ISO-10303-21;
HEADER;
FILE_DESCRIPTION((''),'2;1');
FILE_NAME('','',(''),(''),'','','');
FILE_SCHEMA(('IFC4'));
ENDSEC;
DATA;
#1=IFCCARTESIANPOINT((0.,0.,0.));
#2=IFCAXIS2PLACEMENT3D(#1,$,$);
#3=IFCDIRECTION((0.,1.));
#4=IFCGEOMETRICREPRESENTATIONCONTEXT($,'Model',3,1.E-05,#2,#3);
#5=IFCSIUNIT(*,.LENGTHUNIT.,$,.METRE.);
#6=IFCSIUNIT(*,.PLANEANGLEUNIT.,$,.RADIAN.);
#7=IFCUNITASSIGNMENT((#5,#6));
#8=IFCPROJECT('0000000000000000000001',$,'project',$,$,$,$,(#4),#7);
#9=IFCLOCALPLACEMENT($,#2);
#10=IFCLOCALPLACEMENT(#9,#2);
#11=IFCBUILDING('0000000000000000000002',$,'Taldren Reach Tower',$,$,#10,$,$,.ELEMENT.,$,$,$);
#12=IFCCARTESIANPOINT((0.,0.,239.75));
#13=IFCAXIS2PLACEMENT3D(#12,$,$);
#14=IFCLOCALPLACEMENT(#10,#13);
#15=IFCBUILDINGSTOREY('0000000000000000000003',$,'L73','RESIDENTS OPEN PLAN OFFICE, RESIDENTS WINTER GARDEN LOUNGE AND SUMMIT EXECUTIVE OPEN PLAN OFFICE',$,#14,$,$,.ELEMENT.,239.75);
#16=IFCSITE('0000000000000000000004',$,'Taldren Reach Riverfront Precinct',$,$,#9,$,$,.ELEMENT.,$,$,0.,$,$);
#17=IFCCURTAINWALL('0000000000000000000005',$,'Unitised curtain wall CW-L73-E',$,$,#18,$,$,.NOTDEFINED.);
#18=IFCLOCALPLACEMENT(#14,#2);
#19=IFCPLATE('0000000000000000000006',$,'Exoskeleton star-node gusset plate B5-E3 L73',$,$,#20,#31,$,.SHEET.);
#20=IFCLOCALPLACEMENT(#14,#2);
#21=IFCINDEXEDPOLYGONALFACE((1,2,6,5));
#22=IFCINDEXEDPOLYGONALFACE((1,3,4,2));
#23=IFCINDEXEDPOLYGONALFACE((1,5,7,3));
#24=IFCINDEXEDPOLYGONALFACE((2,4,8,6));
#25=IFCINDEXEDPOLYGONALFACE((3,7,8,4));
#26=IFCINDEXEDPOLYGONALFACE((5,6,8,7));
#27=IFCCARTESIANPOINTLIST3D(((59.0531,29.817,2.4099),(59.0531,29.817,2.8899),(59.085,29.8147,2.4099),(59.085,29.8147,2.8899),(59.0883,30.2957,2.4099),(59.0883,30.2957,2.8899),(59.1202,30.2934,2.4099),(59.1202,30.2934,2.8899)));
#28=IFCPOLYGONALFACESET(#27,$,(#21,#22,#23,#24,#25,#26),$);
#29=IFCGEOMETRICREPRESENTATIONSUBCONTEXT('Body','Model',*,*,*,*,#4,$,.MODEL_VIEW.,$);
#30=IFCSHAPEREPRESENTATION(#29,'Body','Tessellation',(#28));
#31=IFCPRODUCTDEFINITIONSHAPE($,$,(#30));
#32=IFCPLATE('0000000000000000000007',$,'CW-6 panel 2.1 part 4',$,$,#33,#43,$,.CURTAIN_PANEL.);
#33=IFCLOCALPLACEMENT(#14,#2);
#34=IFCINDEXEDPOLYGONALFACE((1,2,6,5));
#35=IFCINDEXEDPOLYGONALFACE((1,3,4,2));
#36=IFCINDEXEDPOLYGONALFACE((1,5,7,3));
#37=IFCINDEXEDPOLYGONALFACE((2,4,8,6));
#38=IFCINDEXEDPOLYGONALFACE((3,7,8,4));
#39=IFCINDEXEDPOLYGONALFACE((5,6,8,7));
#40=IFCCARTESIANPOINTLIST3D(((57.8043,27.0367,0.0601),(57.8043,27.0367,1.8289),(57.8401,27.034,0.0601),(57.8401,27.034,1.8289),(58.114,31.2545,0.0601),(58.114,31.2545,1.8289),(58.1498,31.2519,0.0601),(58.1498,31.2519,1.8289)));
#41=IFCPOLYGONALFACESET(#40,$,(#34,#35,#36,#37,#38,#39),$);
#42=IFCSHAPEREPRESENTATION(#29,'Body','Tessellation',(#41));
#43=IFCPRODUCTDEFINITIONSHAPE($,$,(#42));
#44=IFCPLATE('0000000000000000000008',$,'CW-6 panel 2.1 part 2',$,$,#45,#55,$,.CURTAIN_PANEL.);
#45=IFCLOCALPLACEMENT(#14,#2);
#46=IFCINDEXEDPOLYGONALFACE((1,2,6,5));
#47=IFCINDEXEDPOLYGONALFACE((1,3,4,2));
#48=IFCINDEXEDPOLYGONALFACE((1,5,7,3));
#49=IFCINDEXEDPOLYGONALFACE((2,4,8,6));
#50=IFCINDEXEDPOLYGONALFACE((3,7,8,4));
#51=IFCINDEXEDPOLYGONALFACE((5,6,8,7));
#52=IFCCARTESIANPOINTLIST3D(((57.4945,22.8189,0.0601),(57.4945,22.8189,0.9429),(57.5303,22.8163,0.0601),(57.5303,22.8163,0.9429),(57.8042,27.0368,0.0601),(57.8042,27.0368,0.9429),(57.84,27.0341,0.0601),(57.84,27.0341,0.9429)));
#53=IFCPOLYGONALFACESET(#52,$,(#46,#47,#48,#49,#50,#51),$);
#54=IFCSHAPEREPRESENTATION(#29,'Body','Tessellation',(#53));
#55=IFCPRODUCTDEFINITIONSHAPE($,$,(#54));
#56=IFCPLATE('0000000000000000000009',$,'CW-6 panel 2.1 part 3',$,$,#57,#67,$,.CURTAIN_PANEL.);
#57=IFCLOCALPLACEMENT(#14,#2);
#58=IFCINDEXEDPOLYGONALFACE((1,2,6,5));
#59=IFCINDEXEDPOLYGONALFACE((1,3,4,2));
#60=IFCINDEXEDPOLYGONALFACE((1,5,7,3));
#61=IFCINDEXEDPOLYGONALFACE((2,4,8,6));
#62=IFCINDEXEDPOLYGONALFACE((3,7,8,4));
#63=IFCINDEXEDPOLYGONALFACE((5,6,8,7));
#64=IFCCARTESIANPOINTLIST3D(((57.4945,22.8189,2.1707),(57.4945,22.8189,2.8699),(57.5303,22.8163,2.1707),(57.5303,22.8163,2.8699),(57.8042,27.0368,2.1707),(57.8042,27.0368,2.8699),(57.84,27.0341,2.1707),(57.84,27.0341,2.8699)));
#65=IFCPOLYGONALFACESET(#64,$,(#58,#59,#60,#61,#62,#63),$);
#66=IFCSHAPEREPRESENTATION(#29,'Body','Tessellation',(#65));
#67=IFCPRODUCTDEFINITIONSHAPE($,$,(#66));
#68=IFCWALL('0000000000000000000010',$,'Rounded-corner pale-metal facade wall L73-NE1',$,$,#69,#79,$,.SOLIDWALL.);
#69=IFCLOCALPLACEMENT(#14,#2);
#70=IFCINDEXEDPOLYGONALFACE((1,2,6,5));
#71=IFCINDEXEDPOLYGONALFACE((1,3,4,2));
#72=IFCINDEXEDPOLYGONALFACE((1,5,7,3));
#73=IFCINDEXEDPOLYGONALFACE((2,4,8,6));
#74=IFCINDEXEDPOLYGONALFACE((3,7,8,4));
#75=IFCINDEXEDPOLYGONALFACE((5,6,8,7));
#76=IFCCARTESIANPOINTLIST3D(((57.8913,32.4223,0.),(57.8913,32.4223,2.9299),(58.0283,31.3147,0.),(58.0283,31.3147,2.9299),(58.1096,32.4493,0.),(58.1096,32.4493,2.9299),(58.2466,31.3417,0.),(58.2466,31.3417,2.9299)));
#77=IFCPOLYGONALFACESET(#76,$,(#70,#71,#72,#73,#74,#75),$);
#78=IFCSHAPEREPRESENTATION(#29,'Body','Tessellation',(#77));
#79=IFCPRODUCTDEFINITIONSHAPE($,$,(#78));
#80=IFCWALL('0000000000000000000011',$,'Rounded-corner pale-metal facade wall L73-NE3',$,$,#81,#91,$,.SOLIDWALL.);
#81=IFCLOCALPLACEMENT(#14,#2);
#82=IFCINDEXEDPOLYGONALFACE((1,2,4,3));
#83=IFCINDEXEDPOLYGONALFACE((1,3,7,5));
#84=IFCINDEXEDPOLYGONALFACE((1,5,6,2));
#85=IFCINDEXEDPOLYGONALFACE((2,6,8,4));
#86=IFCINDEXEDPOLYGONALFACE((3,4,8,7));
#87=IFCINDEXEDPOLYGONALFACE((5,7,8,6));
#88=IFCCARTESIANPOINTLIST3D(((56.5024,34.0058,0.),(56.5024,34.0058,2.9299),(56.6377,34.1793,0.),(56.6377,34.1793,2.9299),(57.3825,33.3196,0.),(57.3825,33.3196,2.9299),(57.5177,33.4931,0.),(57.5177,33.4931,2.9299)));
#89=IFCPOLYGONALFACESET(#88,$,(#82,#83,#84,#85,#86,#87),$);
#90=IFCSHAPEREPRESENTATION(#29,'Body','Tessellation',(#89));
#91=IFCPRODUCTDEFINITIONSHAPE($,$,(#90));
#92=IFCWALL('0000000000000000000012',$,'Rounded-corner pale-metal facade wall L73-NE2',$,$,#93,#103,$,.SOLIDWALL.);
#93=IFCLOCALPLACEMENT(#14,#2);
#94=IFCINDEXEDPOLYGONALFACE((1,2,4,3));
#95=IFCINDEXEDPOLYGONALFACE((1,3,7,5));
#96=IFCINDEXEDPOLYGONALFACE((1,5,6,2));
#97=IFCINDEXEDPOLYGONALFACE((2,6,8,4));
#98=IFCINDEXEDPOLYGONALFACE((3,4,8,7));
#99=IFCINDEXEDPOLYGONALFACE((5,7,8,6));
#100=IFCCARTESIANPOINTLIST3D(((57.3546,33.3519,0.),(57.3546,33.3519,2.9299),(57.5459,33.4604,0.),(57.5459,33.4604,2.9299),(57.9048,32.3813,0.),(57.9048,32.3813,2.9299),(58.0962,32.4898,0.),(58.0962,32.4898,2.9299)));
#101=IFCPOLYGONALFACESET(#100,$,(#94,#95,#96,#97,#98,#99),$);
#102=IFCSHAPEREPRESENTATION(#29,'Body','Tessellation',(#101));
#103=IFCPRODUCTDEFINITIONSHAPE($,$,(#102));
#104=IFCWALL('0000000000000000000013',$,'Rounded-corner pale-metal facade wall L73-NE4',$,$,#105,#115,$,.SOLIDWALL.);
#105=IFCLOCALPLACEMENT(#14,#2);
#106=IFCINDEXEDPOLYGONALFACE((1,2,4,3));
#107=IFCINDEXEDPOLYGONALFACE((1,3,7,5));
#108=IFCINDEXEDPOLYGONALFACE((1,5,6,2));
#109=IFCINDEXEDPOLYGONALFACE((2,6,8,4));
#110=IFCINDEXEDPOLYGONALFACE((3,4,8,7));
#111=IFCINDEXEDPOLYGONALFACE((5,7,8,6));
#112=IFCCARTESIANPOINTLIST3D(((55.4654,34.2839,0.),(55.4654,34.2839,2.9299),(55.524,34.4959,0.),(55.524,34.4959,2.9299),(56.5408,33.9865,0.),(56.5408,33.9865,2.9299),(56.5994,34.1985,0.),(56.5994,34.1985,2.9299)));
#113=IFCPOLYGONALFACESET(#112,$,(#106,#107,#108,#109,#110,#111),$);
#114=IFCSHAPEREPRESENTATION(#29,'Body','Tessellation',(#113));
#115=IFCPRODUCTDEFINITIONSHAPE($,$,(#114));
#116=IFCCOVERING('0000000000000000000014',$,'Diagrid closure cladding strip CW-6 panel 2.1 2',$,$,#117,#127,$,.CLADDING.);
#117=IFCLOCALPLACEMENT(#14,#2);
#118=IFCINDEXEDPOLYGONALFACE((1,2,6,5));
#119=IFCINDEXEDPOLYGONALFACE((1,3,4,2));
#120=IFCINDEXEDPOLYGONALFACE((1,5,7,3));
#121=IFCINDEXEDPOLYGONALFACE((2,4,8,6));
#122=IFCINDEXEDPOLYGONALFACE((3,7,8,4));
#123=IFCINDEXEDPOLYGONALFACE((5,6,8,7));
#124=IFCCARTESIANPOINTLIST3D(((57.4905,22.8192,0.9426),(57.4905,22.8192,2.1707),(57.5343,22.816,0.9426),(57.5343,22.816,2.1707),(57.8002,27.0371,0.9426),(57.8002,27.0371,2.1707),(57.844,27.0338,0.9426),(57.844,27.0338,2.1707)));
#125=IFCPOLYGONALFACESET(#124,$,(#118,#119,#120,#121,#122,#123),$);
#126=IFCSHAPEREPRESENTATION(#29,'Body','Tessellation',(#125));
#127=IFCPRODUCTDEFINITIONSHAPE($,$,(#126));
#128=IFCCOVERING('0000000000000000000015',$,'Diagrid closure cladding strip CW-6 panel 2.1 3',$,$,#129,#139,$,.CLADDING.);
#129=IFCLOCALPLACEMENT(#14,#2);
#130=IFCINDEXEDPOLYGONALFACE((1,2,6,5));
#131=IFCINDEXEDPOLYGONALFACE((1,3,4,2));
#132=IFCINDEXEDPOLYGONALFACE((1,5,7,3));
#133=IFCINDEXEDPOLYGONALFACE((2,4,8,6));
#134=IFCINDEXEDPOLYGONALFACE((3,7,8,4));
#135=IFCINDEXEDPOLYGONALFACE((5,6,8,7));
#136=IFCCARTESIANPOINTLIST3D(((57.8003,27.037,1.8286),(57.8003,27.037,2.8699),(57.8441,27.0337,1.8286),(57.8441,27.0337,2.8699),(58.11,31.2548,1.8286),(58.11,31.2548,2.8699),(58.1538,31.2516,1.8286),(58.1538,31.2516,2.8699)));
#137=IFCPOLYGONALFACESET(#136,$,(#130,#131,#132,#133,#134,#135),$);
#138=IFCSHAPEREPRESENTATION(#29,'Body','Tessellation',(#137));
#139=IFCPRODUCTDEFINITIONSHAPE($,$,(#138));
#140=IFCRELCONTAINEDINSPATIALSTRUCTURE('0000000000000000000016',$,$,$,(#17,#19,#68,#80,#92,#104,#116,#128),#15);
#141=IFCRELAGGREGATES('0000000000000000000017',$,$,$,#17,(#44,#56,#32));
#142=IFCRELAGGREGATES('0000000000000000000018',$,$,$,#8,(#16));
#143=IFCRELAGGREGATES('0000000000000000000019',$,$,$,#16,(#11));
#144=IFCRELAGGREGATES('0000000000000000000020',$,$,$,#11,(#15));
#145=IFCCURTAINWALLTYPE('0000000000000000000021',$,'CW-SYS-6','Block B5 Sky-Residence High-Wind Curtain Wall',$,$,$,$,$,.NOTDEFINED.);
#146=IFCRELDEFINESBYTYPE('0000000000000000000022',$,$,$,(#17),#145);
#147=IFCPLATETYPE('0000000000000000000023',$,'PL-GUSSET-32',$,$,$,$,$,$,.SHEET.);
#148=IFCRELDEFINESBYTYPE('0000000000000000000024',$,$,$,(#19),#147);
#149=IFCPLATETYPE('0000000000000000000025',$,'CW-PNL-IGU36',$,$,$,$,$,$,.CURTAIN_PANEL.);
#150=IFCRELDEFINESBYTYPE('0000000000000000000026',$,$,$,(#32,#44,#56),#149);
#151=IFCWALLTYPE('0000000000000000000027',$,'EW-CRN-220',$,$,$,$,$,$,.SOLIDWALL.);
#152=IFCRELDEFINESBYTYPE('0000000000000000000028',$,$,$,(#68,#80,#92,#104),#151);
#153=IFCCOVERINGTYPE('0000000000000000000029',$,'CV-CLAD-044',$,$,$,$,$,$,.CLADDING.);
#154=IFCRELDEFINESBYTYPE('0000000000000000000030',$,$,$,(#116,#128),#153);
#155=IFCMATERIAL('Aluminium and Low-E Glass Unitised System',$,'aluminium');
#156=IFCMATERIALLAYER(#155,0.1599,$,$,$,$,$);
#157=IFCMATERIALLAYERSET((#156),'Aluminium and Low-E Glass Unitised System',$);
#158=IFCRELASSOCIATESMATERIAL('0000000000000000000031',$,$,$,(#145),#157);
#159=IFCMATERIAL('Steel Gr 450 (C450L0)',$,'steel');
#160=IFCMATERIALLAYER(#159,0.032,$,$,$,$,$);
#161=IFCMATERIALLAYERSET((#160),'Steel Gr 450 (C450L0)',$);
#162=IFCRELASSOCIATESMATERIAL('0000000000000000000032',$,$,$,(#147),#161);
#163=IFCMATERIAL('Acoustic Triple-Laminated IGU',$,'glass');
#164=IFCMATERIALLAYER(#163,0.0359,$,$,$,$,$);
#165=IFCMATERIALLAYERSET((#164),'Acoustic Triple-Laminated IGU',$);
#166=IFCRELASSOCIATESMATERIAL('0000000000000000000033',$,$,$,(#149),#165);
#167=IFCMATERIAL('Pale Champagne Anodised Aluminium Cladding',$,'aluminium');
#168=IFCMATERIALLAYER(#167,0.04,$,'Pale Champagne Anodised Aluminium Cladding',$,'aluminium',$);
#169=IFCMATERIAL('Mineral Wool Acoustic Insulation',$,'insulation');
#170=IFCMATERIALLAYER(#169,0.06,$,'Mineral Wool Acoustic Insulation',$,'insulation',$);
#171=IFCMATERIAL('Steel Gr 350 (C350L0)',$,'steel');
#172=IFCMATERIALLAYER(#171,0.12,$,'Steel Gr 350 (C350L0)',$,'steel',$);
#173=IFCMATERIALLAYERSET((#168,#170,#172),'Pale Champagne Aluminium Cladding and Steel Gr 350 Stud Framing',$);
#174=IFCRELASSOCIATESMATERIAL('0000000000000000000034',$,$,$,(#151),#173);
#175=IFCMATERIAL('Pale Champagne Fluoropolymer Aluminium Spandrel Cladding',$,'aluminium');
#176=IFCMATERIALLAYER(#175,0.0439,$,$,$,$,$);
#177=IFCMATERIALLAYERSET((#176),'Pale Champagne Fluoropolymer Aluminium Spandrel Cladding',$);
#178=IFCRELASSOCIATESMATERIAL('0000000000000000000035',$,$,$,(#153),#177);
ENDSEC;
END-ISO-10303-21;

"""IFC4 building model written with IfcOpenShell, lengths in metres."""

from ifc_helpers import new_model, si_unit, direction, frame, frame_2d, origin, origin_2d, place, context, subcontext, project, spatial, rectangle, extrude, source, transform, mapped, material, layer, layer_set, type_object, element, aggregate, save


model = new_model("IFC4")

# Units and contexts
model_context = context("Model", 3, precision=1e-05, world=origin(), true_north=direction((0.0, 1.0)))
body_context = subcontext(model_context, "Body", "Model", "MODEL_VIEW")
ifc_project = project(units=[si_unit("LENGTHUNIT", "METRE"), si_unit("PLANEANGLEUNIT", "RADIAN")], contexts=[model_context])

# Site, building, storey
site_placement = place(None, origin())
site = spatial("IfcSite", under=ifc_project, at=site_placement, Name="Taldren Reach Riverfront Precinct", CompositionType="ELEMENT", RefElevation=0.0)
building_placement = place(site_placement, origin())
building = spatial("IfcBuilding", under=site, at=building_placement, Name="Taldren Reach Tower", CompositionType="ELEMENT")
storey_placement = place(building_placement, frame((0.0, 0.0, 239.75)))
storey = spatial("IfcBuildingStorey", under=building, at=storey_placement, Name="L73", Description="RESIDENTS OPEN PLAN OFFICE, RESIDENTS WINTER GARDEN LOUNGE AND SUMMIT EXECUTIVE OPEN PLAN OFFICE", CompositionType="ELEMENT", Elevation=239.75)

# Shared definitions
ifc_material_1 = material(Name="Steel Gr 350 (C350L0)", Category="steel")

# Shared definitions
ifc_material_2 = material(Name="Steel Gr 450 (C450L0)", Category="steel")

# Shared definitions
ifc_material_3 = material(Name="Aluminium and Low-E Glass Unitised System", Category="aluminium")
ifc_layer_1 = layer(ifc_material_3, 0.1599)
ifc_layer_set_1 = layer_set([ifc_layer_1], Name="Aluminium and Low-E Glass Unitised System")
curtain_wall_type = type_object("IfcCurtainWallType", Name="CW-SYS-6", Description="Block B5 Sky-Residence High-Wind Curtain Wall", PredefinedType="NOTDEFINED", material=ifc_layer_set_1)

# Curtain wall
curtain_wall_1_placement = place(storey_placement, origin())
curtain_wall_1 = element("IfcCurtainWall", 1, at=curtain_wall_1_placement, inside=storey, type_object=curtain_wall_type, Name="Unitised curtain wall CW-L73-E", PredefinedType="NOTDEFINED")

# Plate
ifc_layer_2 = layer(ifc_material_2, 0.032)
ifc_layer_set_2 = layer_set([ifc_layer_2], Name="Steel Gr 450 (C450L0)")
plate_type_1 = type_object("IfcPlateType", Name="PL-GUSSET-32", PredefinedType="SHEET", material=ifc_layer_set_2)
shared_shape_1 = source(origin(), body_context, "Body", "SweptSolid", [
    extrude(rectangle(XDim=0.48, YDim=0.032, at=origin_2d()), origin(), (0.0, 0.0, 1.0), 0.48),
])
for number, where, z_axis, x_axis, name in (
    (2, (59.0867, 30.0552, 2.4099), (0.0, 0.0, 1.0), (0.073238, 0.997314, 0.0), "Exoskeleton star-node gusset plate B5-E3 L73"),
):
    element("IfcPlate", number, at=place(storey_placement, frame(where, z_axis=z_axis, x_axis=x_axis)), inside=storey, type_object=plate_type_1, Name=name, PredefinedType="SHEET", context=body_context, shape_type="MappedRepresentation", body=[
        mapped(shared_shape_1, transform((0.0, 0.0, 0.0), scale=1.0)),
    ])

# Plates
ifc_material_4 = material(Name="Acoustic Triple-Laminated IGU", Category="glass")
ifc_layer_3 = layer(ifc_material_4, 0.0359)
ifc_layer_set_3 = layer_set([ifc_layer_3], Name="Acoustic Triple-Laminated IGU")
plate_type_2 = type_object("IfcPlateType", Name="CW-PNL-IGU36", PredefinedType="CURTAIN_PANEL", material=ifc_layer_set_3)
shared_shape_2 = source(origin(), body_context, "Body", "SweptSolid", [
    extrude(rectangle(XDim=4.2292, YDim=0.0359, at=origin_2d()), origin(), (0.0, 0.0, 1.0), 1.7688),
])
plate_1_placement = place(storey_placement, frame((57.9771, 29.1443, 0.0601), z_axis=(0.0, 0.0, 1.0), x_axis=(0.073238, 0.997314, 0.0)))
plate_1 = element("IfcPlate", 3, at=plate_1_placement, type_object=plate_type_2, Name="CW-6 panel 2.1 part 4", PredefinedType="CURTAIN_PANEL", context=body_context, shape_type="MappedRepresentation", body=[
    mapped(shared_shape_2, transform((0.0, 0.0, 0.0), scale=1.0)),
])
shared_shape_3 = source(origin(), body_context, "Body", "SweptSolid", [
    extrude(rectangle(XDim=4.2292, YDim=0.0359, at=origin_2d()), origin(), (0.0, 0.0, 1.0), 0.8828),
])
plate_2_placement = place(storey_placement, frame((57.6672, 24.9265, 0.0601), z_axis=(0.0, 0.0, 1.0), x_axis=(0.073238, 0.997314, 0.0)))
plate_2 = element("IfcPlate", 4, at=plate_2_placement, type_object=plate_type_2, Name="CW-6 panel 2.1 part 2", PredefinedType="CURTAIN_PANEL", context=body_context, shape_type="MappedRepresentation", body=[
    mapped(shared_shape_3, transform((0.0, 0.0, 0.0), scale=1.0)),
])
shared_shape_4 = source(origin(), body_context, "Body", "SweptSolid", [
    extrude(rectangle(XDim=4.2292, YDim=0.0359, at=origin_2d()), origin(), (0.0, 0.0, 1.0), 0.6992),
])
plate_3_placement = place(storey_placement, frame((57.6672, 24.9265, 2.1707), z_axis=(0.0, 0.0, 1.0), x_axis=(0.073238, 0.997314, 0.0)))
plate_3 = element("IfcPlate", 5, at=plate_3_placement, type_object=plate_type_2, Name="CW-6 panel 2.1 part 3", PredefinedType="CURTAIN_PANEL", context=body_context, shape_type="MappedRepresentation", body=[
    mapped(shared_shape_4, transform((0.0, 0.0, 0.0), scale=1.0)),
])
aggregate(curtain_wall_1, [plate_2, plate_3, plate_1])

# Walls
ifc_material_5 = material(Name="Pale Champagne Anodised Aluminium Cladding", Category="aluminium")
ifc_layer_4 = layer(ifc_material_5, 0.04, Name="Pale Champagne Anodised Aluminium Cladding", Category="aluminium")
ifc_material_6 = material(Name="Mineral Wool Acoustic Insulation", Category="insulation")
ifc_layer_5 = layer(ifc_material_6, 0.06, Name="Mineral Wool Acoustic Insulation", Category="insulation")
ifc_layer_6 = layer(ifc_material_1, 0.12, Name="Steel Gr 350 (C350L0)", Category="steel")
ifc_layer_set_4 = layer_set([ifc_layer_4, ifc_layer_5, ifc_layer_6], Name="Pale Champagne Aluminium Cladding and Steel Gr 350 Stud Framing")
wall_type = type_object("IfcWallType", Name="EW-CRN-220", PredefinedType="SOLIDWALL", material=ifc_layer_set_4)
shared_shape_5 = source(origin(), body_context, "Body", "SweptSolid", [
    extrude(rectangle(XDim=1.116, YDim=0.22, at=frame_2d((0.5581, 0.0))), origin(), (0.0, 0.0, 1.0), 2.9299),
])
for number, where, z_axis, x_axis, name in (
    (6, (58.1375, 31.3281, 0.0), (0.0, 0.0, 1.0), (-0.122742, 0.992439, 0.0), "Rounded-corner pale-metal facade wall L73-NE1"),
    (7, (57.4502, 33.4062, 0.0), (0.0, 0.0, 1.0), (-0.788598, 0.614909, 0.0), "Rounded-corner pale-metal facade wall L73-NE3"),
):
    element("IfcWall", number, at=place(storey_placement, frame(where, z_axis=z_axis, x_axis=x_axis)), inside=storey, type_object=wall_type, Name=name, PredefinedType="SOLIDWALL", context=body_context, shape_type="MappedRepresentation", body=[
        mapped(shared_shape_5, transform((0.0, 0.0, 0.0), scale=1.0)),
    ])
shared_shape_6 = source(origin(), body_context, "Body", "SweptSolid", [
    extrude(rectangle(XDim=1.1157, YDim=0.22, at=frame_2d((0.5579, 0.0))), origin(), (0.0, 0.0, 1.0), 2.9299),
])
for number, where, z_axis, x_axis, name in (
    (8, (58.0005, 32.4355, 0.0), (0.0, 0.0, 1.0), (-0.493167, 0.869935, 0.0), "Rounded-corner pale-metal facade wall L73-NE2"),
    (9, (56.5701, 34.0925, 0.0), (0.0, 0.0, 1.0), (-0.963834, 0.266504, 0.0), "Rounded-corner pale-metal facade wall L73-NE4"),
):
    element("IfcWall", number, at=place(storey_placement, frame(where, z_axis=z_axis, x_axis=x_axis)), inside=storey, type_object=wall_type, Name=name, PredefinedType="SOLIDWALL", context=body_context, shape_type="MappedRepresentation", body=[
        mapped(shared_shape_6, transform((0.0, 0.0, 0.0), scale=1.0)),
    ])

# Coverings
ifc_material_7 = material(Name="Pale Champagne Fluoropolymer Aluminium Spandrel Cladding", Category="aluminium")
ifc_layer_7 = layer(ifc_material_7, 0.0439)
ifc_layer_set_5 = layer_set([ifc_layer_7], Name="Pale Champagne Fluoropolymer Aluminium Spandrel Cladding")
covering_type = type_object("IfcCoveringType", Name="CV-CLAD-044", PredefinedType="CLADDING", material=ifc_layer_set_5)
shared_shape_7 = source(origin(), body_context, "Body", "SweptSolid", [
    extrude(rectangle(XDim=4.2292, YDim=0.0439, at=origin_2d()), origin(), (0.0, 0.0, 1.0), 1.228),
])
covering_1_placement = place(storey_placement, frame((57.6672, 24.9265, 0.9426), z_axis=(0.0, 0.0, 1.0), x_axis=(0.073238, 0.997314, 0.0)))
element("IfcCovering", 10, at=covering_1_placement, inside=storey, type_object=covering_type, Name="Diagrid closure cladding strip CW-6 panel 2.1 2", PredefinedType="CLADDING", context=body_context, shape_type="MappedRepresentation", body=[
    mapped(shared_shape_7, transform((0.0, 0.0, 0.0), scale=1.0)),
])
shared_shape_8 = source(origin(), body_context, "Body", "SweptSolid", [
    extrude(rectangle(XDim=4.2292, YDim=0.0439, at=origin_2d()), origin(), (0.0, 0.0, 1.0), 1.0413),
])
covering_2_placement = place(storey_placement, frame((57.9771, 29.1443, 1.8286), z_axis=(0.0, 0.0, 1.0), x_axis=(0.073238, 0.997314, 0.0)))
element("IfcCovering", 11, at=covering_2_placement, inside=storey, type_object=covering_type, Name="Diagrid closure cladding strip CW-6 panel 2.1 3", PredefinedType="CLADDING", context=body_context, shape_type="MappedRepresentation", body=[
    mapped(shared_shape_8, transform((0.0, 0.0, 0.0), scale=1.0)),
])

save(model, "model.ifc")
